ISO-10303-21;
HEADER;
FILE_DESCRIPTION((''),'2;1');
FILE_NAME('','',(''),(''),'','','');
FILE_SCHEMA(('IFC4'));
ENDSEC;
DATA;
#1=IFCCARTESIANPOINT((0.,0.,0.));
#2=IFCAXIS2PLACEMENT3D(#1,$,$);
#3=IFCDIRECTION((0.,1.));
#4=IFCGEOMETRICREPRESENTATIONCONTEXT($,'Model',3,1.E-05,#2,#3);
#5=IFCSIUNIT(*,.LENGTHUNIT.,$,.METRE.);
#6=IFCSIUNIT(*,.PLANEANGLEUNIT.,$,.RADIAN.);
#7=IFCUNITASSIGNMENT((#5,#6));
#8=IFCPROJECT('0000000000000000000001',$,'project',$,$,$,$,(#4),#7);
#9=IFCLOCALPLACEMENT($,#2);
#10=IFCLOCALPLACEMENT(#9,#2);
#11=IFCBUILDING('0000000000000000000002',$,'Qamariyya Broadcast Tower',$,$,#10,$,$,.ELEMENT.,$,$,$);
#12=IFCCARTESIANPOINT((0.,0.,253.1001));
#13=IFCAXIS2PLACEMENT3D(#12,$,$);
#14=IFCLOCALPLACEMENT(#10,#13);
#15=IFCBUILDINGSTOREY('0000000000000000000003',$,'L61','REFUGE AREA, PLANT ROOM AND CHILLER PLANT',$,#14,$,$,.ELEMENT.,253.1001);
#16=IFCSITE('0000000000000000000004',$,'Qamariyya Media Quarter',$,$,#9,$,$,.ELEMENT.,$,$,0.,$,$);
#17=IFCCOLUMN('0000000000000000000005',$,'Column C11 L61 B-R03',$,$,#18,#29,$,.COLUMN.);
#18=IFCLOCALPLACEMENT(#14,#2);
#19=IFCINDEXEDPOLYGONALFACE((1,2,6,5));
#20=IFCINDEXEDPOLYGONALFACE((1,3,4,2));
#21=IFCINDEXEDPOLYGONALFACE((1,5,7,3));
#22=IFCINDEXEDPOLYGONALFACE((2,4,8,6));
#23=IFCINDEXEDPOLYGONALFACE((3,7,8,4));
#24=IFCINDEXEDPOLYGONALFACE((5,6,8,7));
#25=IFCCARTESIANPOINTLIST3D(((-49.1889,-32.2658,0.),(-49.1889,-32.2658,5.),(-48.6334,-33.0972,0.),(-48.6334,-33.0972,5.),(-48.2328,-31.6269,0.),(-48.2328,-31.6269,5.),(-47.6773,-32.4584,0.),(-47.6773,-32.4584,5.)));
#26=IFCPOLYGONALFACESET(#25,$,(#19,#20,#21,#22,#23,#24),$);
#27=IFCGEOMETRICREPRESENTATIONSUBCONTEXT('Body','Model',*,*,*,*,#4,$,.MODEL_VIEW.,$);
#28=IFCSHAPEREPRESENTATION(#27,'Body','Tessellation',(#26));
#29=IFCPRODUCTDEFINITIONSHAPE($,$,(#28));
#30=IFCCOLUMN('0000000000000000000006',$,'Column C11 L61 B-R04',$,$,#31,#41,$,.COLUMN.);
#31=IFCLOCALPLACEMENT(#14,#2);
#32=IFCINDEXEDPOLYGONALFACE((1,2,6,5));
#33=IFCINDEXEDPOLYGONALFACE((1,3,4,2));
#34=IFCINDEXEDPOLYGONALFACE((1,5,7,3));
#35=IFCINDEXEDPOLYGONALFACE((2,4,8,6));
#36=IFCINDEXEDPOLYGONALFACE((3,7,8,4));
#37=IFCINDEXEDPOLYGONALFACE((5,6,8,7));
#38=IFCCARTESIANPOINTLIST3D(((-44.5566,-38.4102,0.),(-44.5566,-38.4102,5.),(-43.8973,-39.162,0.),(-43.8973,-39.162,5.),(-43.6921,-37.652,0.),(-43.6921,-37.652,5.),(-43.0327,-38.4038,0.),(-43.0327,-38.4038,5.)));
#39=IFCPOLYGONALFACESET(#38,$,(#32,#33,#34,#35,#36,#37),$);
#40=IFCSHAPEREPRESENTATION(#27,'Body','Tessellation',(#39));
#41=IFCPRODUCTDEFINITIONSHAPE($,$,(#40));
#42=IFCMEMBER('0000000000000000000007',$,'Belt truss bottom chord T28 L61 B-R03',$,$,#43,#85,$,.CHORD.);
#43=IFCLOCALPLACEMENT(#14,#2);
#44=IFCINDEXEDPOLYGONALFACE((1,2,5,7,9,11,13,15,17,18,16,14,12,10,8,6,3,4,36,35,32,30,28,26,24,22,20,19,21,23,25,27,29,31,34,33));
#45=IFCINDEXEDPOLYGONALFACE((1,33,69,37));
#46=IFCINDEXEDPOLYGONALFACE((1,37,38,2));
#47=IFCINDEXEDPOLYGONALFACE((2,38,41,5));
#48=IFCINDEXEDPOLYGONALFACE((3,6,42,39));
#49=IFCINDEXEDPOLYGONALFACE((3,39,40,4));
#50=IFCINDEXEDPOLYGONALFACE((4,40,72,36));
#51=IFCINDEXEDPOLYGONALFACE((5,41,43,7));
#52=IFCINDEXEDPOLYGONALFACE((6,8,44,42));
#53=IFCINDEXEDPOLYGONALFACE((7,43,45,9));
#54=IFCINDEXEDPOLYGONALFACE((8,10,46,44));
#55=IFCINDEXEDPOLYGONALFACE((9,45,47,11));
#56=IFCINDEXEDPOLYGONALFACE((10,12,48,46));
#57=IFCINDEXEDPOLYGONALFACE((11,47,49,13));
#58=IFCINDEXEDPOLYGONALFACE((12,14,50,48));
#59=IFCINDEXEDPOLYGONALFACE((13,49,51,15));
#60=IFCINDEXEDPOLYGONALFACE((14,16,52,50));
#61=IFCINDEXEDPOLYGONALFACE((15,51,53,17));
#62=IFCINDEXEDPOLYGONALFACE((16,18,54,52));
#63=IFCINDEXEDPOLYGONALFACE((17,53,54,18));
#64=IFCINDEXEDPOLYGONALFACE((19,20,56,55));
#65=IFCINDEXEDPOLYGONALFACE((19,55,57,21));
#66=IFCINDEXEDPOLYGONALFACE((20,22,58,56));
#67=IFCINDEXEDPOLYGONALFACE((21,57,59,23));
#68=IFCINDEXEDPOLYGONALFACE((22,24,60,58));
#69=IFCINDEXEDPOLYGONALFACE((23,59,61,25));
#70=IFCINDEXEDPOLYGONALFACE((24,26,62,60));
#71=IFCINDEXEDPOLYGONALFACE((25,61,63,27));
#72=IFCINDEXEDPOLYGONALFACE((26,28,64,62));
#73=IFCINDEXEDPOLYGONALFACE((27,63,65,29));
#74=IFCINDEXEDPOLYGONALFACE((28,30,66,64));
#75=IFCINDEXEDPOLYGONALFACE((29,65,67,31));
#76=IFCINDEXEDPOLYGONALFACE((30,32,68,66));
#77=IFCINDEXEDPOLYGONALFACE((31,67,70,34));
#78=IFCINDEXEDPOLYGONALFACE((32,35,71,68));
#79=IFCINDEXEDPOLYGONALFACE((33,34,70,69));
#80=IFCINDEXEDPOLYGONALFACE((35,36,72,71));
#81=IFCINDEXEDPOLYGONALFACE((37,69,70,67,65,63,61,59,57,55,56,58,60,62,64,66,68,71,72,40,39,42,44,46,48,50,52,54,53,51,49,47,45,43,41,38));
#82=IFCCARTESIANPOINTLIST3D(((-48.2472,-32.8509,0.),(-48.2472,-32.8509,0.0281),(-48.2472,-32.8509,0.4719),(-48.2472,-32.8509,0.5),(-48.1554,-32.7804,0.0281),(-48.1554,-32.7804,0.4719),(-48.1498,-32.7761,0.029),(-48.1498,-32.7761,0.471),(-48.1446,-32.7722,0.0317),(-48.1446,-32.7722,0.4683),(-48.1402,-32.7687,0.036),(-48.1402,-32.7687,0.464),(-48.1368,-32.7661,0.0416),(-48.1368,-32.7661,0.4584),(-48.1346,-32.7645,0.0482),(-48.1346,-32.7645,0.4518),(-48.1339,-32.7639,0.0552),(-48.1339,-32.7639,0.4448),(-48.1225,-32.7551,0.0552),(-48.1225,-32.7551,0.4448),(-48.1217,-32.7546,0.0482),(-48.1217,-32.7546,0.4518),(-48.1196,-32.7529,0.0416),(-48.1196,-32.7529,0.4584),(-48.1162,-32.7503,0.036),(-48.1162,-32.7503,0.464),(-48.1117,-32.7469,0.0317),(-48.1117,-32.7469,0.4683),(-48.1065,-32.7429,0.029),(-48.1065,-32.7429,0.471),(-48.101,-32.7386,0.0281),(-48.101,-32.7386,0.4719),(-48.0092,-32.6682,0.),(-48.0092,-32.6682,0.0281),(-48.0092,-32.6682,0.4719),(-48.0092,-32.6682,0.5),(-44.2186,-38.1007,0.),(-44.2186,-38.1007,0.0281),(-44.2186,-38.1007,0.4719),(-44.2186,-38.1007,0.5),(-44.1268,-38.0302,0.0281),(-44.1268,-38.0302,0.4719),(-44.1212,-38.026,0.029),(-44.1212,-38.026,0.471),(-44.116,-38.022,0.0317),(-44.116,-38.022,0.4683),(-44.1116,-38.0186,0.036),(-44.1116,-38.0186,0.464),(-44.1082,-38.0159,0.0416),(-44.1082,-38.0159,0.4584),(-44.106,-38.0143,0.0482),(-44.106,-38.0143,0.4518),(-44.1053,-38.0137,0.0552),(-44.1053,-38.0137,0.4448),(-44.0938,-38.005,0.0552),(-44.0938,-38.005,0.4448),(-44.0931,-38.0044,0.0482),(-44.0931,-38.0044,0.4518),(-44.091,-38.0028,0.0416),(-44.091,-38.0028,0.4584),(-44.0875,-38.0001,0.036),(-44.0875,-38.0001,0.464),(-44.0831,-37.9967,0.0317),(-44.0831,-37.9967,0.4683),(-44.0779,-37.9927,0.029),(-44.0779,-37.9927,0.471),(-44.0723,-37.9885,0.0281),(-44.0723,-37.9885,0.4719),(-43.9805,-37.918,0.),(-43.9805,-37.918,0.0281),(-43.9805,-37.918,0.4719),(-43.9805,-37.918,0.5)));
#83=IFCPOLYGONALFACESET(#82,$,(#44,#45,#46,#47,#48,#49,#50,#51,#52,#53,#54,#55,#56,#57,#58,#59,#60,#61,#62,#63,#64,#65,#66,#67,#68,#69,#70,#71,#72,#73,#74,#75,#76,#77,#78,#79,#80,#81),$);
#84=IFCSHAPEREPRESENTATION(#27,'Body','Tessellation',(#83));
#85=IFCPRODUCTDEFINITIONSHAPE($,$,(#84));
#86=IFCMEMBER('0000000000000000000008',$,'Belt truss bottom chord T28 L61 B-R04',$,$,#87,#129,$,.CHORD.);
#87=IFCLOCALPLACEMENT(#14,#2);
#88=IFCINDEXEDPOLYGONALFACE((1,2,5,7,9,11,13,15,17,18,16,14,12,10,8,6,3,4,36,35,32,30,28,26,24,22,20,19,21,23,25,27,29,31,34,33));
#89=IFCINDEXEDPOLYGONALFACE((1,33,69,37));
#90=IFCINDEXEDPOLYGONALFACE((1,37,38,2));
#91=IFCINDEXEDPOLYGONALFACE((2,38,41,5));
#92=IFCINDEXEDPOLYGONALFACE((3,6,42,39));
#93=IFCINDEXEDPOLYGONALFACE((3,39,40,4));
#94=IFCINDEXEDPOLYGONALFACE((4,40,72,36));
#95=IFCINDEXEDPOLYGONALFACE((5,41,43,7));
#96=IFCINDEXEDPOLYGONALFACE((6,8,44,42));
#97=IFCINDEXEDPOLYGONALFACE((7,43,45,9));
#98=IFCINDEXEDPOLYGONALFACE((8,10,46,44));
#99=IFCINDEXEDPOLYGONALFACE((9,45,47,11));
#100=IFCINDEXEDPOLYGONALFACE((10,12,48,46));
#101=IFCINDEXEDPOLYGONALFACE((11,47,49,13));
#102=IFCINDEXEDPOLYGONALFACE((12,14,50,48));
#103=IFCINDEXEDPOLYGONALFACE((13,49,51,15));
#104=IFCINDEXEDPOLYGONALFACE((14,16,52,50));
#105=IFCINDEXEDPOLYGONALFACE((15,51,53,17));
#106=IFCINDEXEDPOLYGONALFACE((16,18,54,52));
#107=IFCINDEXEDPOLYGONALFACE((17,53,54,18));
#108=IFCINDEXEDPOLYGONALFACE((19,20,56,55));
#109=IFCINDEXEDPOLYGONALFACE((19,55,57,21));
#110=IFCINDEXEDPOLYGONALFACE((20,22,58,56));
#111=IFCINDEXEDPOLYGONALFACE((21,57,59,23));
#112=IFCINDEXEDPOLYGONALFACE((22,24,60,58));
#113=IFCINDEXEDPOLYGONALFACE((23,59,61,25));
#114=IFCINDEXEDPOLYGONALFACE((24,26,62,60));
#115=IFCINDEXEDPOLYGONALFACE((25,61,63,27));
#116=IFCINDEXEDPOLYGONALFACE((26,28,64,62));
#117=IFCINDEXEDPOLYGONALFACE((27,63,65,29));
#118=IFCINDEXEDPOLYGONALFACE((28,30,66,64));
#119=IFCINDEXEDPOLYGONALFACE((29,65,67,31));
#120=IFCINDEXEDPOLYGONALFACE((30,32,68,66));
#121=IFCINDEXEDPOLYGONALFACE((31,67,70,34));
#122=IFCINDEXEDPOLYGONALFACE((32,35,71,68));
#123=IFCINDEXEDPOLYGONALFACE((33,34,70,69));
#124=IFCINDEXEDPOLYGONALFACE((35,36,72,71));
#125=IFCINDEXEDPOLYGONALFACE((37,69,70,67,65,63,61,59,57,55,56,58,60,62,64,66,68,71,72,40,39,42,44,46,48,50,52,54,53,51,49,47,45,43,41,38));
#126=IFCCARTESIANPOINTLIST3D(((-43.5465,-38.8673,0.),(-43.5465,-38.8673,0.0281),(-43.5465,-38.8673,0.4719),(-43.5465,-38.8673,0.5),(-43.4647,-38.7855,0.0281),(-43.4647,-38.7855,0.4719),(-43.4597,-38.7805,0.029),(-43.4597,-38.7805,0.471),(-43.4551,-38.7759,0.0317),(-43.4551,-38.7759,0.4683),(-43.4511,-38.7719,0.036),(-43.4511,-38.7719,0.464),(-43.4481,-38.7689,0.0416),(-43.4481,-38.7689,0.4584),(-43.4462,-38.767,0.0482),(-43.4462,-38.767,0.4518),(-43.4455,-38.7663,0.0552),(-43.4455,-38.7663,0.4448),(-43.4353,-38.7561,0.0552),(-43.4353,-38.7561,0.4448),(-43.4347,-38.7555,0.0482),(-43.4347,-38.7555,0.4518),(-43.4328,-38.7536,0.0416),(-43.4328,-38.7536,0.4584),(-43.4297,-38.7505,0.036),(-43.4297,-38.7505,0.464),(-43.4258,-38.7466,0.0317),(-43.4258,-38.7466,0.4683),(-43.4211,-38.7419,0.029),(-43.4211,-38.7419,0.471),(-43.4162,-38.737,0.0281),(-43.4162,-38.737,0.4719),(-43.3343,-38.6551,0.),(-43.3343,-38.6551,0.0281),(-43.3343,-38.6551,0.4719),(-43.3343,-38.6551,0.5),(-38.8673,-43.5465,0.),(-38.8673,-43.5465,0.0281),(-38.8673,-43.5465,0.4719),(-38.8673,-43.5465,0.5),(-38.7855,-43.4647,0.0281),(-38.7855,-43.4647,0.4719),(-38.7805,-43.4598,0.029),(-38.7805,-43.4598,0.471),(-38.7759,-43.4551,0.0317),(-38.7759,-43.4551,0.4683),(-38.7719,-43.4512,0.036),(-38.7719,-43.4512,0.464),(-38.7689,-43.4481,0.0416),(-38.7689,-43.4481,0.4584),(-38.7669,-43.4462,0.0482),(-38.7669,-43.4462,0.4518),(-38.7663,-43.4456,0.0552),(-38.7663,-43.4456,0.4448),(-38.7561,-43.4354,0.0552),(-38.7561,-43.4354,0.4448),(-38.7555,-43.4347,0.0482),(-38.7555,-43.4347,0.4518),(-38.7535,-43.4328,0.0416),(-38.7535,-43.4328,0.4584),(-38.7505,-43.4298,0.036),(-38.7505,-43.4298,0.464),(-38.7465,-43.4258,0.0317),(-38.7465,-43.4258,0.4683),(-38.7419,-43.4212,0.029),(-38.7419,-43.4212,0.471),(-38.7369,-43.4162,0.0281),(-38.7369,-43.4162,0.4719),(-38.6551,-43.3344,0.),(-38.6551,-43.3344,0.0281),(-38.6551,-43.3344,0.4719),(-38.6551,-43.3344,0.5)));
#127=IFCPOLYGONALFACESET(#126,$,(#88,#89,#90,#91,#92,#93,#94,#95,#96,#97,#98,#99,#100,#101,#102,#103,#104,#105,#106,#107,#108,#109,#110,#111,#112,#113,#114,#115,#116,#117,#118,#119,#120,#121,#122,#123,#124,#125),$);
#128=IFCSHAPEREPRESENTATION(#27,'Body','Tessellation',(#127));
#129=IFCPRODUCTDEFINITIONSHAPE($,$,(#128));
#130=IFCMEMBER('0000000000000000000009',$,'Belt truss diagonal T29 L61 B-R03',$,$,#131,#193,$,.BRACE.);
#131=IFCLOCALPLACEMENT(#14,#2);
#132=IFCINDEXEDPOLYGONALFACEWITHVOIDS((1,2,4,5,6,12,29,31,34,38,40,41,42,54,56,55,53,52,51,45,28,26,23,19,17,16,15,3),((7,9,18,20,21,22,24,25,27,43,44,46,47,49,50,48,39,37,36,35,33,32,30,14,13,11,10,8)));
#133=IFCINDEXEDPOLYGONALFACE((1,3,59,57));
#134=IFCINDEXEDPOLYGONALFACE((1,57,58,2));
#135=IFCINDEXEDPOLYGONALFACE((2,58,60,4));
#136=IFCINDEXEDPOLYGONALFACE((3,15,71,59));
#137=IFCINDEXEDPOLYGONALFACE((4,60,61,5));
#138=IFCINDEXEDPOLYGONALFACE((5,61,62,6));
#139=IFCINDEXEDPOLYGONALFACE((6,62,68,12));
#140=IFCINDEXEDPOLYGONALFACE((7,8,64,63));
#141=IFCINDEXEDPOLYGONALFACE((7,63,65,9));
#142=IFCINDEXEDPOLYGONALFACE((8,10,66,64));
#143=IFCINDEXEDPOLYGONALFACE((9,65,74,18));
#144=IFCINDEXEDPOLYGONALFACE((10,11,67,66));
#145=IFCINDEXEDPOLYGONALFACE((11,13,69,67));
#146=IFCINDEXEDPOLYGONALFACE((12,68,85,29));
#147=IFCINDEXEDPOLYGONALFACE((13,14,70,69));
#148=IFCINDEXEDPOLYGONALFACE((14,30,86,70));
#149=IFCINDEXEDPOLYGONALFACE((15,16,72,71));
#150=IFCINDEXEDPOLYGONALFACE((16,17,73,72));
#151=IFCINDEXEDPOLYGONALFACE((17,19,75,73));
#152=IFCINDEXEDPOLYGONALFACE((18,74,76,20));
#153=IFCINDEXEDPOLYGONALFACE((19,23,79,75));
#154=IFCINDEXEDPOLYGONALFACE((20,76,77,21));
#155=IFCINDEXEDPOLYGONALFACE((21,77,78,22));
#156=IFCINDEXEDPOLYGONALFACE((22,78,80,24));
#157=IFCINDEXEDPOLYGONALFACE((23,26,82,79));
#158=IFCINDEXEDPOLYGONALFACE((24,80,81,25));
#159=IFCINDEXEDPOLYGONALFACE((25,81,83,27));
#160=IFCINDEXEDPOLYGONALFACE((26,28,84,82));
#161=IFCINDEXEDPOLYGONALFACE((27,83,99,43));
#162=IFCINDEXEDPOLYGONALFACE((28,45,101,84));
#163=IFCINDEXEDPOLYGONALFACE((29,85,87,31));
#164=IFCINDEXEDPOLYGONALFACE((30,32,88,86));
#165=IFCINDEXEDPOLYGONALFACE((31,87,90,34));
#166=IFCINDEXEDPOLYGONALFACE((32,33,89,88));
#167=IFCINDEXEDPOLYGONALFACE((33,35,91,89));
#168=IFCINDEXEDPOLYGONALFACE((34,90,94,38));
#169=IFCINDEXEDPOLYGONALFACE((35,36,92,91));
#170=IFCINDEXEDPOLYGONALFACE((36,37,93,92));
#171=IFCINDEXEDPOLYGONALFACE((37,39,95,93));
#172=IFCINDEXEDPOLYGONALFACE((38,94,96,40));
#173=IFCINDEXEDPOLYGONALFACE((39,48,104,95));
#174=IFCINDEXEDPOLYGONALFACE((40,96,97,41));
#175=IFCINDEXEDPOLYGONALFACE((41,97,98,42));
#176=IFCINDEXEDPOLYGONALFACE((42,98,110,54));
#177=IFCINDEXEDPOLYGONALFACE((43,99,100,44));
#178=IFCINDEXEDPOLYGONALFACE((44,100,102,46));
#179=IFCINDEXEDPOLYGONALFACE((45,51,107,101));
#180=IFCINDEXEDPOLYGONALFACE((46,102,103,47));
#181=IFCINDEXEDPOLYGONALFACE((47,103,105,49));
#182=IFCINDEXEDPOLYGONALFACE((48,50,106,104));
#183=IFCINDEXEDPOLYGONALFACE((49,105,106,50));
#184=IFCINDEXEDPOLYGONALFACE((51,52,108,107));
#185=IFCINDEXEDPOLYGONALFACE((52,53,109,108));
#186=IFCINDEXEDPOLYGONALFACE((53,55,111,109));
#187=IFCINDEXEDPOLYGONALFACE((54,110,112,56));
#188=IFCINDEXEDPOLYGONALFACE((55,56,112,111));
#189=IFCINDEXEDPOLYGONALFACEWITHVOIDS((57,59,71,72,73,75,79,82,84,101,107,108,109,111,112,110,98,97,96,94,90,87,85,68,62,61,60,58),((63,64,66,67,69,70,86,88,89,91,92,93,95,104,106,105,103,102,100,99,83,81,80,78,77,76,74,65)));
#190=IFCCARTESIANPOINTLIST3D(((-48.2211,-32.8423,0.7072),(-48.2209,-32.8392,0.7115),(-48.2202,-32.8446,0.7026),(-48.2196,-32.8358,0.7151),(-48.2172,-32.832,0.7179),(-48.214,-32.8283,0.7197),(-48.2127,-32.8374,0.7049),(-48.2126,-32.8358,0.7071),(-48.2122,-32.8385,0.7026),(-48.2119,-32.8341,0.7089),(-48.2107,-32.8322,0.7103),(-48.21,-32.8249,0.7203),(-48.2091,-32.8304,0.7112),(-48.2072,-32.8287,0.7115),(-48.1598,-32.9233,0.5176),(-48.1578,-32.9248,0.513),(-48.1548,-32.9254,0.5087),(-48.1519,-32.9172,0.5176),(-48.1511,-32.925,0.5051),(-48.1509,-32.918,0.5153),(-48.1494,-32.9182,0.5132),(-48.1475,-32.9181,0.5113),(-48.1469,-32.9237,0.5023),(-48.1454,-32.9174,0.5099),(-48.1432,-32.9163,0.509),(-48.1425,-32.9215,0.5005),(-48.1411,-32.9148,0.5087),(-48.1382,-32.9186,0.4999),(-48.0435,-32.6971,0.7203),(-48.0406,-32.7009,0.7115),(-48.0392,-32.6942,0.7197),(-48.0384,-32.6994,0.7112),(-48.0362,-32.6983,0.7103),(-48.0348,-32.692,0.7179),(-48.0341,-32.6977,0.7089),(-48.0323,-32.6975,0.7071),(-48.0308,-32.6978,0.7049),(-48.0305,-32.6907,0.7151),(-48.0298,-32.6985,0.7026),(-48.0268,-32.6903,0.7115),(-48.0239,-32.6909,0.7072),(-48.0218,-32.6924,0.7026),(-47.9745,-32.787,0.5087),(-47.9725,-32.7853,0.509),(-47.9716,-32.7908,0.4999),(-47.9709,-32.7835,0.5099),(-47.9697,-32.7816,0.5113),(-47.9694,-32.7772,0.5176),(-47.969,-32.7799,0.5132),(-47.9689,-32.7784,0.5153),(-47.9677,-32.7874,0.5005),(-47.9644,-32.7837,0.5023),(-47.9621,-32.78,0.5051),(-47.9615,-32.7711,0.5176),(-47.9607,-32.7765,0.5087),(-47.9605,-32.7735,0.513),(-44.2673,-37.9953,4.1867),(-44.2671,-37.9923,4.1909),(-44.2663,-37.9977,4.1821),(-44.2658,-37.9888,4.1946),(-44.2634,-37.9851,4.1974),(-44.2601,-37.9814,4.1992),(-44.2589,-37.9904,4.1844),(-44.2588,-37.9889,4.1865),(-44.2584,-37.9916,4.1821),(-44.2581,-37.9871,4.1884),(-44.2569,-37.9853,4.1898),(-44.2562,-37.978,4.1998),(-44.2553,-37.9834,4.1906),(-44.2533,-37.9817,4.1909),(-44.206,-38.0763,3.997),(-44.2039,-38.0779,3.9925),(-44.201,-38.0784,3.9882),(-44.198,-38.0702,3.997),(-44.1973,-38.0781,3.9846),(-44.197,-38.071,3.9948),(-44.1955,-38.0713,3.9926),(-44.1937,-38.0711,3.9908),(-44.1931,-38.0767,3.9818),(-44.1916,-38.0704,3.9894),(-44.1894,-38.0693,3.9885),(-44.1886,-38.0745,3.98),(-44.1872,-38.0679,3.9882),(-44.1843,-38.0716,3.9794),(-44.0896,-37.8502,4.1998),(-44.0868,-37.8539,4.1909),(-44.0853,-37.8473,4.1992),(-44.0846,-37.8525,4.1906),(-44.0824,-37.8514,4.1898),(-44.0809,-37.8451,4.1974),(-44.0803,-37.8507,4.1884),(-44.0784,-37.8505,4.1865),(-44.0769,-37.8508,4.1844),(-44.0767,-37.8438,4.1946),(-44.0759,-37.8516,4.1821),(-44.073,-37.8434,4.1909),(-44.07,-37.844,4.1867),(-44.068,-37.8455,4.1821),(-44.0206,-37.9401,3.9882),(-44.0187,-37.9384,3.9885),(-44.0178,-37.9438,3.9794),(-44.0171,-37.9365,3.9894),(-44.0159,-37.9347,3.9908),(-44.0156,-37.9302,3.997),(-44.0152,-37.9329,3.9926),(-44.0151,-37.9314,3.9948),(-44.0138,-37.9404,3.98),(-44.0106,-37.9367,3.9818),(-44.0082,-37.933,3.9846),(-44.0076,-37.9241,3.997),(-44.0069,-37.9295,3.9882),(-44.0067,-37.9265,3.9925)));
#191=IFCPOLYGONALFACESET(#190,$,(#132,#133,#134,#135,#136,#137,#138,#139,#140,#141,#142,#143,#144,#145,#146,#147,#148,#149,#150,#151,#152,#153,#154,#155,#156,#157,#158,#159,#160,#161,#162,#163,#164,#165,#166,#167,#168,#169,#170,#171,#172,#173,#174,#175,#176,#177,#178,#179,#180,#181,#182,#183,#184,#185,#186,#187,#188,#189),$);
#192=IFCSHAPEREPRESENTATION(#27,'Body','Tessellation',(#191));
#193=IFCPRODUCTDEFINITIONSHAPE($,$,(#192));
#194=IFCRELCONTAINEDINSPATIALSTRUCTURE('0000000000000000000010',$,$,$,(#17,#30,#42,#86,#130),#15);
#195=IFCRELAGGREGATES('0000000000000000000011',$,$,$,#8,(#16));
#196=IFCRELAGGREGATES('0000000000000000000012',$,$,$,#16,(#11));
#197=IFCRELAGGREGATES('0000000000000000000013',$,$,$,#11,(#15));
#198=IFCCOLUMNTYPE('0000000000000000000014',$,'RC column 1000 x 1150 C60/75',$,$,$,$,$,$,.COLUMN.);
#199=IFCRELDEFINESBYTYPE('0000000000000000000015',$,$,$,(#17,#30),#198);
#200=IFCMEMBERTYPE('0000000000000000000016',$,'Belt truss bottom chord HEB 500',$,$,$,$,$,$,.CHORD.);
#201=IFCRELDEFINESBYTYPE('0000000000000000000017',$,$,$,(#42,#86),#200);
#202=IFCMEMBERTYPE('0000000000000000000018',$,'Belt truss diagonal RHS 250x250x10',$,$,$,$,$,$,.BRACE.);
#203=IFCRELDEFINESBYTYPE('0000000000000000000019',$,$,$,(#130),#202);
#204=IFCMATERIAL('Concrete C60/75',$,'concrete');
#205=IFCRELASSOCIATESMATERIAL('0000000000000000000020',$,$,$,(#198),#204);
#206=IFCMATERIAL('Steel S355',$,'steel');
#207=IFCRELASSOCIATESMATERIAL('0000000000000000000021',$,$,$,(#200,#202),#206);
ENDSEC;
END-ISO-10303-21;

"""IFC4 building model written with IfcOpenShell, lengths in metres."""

from ifc_helpers import new_model, si_unit, direction, frame, origin, origin_2d, place, context, subcontext, project, spatial, rectangle, hollow_rectangle, i_section, extrude, material, material_profile, profile_set, type_object, element, save


model = new_model("IFC4")

# Units and contexts
model_context = context("Model", 3, precision=1e-05, world=origin(), true_north=direction((0.0, 1.0)))
body_context = subcontext(model_context, "Body", "Model", "MODEL_VIEW")
ifc_project = project(units=[si_unit("LENGTHUNIT", "METRE"), si_unit("PLANEANGLEUNIT", "RADIAN")], contexts=[model_context])

# Site, building, storey
site_placement = place(None, origin())
site = spatial("IfcSite", under=ifc_project, at=site_placement, Name="Qamariyya Media Quarter", CompositionType="ELEMENT", RefElevation=0.0)
building_placement = place(site_placement, origin())
building = spatial("IfcBuilding", under=site, at=building_placement, Name="Qamariyya Broadcast Tower", CompositionType="ELEMENT")
storey_placement = place(building_placement, frame((0.0, 0.0, 253.1001)))
storey = spatial("IfcBuildingStorey", under=building, at=storey_placement, Name="L61", Description="REFUGE AREA, PLANT ROOM AND CHILLER PLANT", CompositionType="ELEMENT", Elevation=253.1001)

# Columns
ifc_material_1 = material(Name="Concrete C60/75", Category="concrete")
ifc_material_profile_1 = material_profile(ifc_material_1, rectangle(XDim=1.0, YDim=1.1499, at=origin_2d()))
ifc_profile_set_1 = profile_set([ifc_material_profile_1], Name="Concrete C60/75")
column_type = type_object("IfcColumnType", Name="RC column 1000 x 1150 C60/75", PredefinedType="COLUMN", material=ifc_profile_set_1)
for number, where, z_axis, x_axis, name in (
    (1, (-48.4331, -32.3621, 0.0), (0.0, 0.0, 1.0), (0.55557, -0.83147, 0.0), "Column C11 L61 B-R03"),
    (2, (-43.7947, -38.407, 0.0), (0.0, 0.0, 1.0), (0.659346, -0.75184, 0.0), "Column C11 L61 B-R04"),
):
    element("IfcColumn", number, at=place(storey_placement, frame(where, z_axis=z_axis, x_axis=x_axis)), inside=storey, type_object=column_type, Name=name, PredefinedType="COLUMN", context=body_context, shape_type="SweptSolid", body=[
        extrude(rectangle(XDim=1.0, YDim=1.1499, at=origin_2d()), origin(), (0.0, 0.0, 1.0), 5.0),
    ])

# Members
ifc_material_2 = material(Name="Steel S355", Category="steel")
ifc_material_profile_2 = material_profile(ifc_material_2, i_section(OverallWidth=0.3, OverallDepth=0.5, WebThickness=0.0144, FlangeThickness=0.0281, FilletRadius=0.0271, at=origin_2d()))
ifc_profile_set_2 = profile_set([ifc_material_profile_2], Name="Steel S355")
member_type_1 = type_object("IfcMemberType", Name="Belt truss bottom chord HEB 500", PredefinedType="CHORD", material=ifc_profile_set_2)
for number, where, z_axis, x_axis, name in (
    (3, (-48.1282, -32.7595, 0.25), (0.608789, -0.793333, 0.0), (0.793333, 0.608789, 0.0), "Belt truss bottom chord T28 L61 B-R03"),
    (4, (-43.4404, -38.7612, 0.25), (0.707107, -0.707107, 0.0), (0.707107, 0.707107, 0.0), "Belt truss bottom chord T28 L61 B-R04"),
):
    element("IfcMember", number, at=place(storey_placement, frame(where, z_axis=z_axis, x_axis=x_axis)), inside=storey, type_object=member_type_1, Name=name, PredefinedType="CHORD", context=body_context, shape_type="SweptSolid", body=[
        extrude(i_section(OverallWidth=0.3, OverallDepth=0.5, WebThickness=0.0144, FlangeThickness=0.0281, FilletRadius=0.0271, at=origin_2d()), origin(), (0.0, 0.0, 1.0), 6.6174),
    ])
ifc_material_profile_3 = material_profile(ifc_material_2, hollow_rectangle(XDim=0.25, YDim=0.25, WallThickness=0.01, InnerFilletRadius=0.01, OuterFilletRadius=0.02, at=origin_2d()))
ifc_profile_set_3 = profile_set([ifc_material_profile_3], Name="Steel S355")
member_type_2 = type_object("IfcMemberType", Name="Belt truss diagonal RHS 250x250x10", PredefinedType="BRACE", material=ifc_profile_set_3)
for number, where, z_axis, x_axis, name in (
    (5, (-48.0908, -32.8079, 0.6101), (0.536593, -0.699343, 0.472215), (0.793371, 0.608738, 0.0), "Belt truss diagonal T29 L61 B-R03"),
):
    element("IfcMember", number, at=place(storey_placement, frame(where, z_axis=z_axis, x_axis=x_axis)), inside=storey, type_object=member_type_2, Name=name, PredefinedType="BRACE", context=body_context, shape_type="SweptSolid", body=[
        extrude(hollow_rectangle(XDim=0.25, YDim=0.25, WallThickness=0.01, InnerFilletRadius=0.01, OuterFilletRadius=0.02, at=origin_2d()), origin(), (0.0, 0.0, 1.0), 7.3684),
    ])

save(model, "model.ifc")
